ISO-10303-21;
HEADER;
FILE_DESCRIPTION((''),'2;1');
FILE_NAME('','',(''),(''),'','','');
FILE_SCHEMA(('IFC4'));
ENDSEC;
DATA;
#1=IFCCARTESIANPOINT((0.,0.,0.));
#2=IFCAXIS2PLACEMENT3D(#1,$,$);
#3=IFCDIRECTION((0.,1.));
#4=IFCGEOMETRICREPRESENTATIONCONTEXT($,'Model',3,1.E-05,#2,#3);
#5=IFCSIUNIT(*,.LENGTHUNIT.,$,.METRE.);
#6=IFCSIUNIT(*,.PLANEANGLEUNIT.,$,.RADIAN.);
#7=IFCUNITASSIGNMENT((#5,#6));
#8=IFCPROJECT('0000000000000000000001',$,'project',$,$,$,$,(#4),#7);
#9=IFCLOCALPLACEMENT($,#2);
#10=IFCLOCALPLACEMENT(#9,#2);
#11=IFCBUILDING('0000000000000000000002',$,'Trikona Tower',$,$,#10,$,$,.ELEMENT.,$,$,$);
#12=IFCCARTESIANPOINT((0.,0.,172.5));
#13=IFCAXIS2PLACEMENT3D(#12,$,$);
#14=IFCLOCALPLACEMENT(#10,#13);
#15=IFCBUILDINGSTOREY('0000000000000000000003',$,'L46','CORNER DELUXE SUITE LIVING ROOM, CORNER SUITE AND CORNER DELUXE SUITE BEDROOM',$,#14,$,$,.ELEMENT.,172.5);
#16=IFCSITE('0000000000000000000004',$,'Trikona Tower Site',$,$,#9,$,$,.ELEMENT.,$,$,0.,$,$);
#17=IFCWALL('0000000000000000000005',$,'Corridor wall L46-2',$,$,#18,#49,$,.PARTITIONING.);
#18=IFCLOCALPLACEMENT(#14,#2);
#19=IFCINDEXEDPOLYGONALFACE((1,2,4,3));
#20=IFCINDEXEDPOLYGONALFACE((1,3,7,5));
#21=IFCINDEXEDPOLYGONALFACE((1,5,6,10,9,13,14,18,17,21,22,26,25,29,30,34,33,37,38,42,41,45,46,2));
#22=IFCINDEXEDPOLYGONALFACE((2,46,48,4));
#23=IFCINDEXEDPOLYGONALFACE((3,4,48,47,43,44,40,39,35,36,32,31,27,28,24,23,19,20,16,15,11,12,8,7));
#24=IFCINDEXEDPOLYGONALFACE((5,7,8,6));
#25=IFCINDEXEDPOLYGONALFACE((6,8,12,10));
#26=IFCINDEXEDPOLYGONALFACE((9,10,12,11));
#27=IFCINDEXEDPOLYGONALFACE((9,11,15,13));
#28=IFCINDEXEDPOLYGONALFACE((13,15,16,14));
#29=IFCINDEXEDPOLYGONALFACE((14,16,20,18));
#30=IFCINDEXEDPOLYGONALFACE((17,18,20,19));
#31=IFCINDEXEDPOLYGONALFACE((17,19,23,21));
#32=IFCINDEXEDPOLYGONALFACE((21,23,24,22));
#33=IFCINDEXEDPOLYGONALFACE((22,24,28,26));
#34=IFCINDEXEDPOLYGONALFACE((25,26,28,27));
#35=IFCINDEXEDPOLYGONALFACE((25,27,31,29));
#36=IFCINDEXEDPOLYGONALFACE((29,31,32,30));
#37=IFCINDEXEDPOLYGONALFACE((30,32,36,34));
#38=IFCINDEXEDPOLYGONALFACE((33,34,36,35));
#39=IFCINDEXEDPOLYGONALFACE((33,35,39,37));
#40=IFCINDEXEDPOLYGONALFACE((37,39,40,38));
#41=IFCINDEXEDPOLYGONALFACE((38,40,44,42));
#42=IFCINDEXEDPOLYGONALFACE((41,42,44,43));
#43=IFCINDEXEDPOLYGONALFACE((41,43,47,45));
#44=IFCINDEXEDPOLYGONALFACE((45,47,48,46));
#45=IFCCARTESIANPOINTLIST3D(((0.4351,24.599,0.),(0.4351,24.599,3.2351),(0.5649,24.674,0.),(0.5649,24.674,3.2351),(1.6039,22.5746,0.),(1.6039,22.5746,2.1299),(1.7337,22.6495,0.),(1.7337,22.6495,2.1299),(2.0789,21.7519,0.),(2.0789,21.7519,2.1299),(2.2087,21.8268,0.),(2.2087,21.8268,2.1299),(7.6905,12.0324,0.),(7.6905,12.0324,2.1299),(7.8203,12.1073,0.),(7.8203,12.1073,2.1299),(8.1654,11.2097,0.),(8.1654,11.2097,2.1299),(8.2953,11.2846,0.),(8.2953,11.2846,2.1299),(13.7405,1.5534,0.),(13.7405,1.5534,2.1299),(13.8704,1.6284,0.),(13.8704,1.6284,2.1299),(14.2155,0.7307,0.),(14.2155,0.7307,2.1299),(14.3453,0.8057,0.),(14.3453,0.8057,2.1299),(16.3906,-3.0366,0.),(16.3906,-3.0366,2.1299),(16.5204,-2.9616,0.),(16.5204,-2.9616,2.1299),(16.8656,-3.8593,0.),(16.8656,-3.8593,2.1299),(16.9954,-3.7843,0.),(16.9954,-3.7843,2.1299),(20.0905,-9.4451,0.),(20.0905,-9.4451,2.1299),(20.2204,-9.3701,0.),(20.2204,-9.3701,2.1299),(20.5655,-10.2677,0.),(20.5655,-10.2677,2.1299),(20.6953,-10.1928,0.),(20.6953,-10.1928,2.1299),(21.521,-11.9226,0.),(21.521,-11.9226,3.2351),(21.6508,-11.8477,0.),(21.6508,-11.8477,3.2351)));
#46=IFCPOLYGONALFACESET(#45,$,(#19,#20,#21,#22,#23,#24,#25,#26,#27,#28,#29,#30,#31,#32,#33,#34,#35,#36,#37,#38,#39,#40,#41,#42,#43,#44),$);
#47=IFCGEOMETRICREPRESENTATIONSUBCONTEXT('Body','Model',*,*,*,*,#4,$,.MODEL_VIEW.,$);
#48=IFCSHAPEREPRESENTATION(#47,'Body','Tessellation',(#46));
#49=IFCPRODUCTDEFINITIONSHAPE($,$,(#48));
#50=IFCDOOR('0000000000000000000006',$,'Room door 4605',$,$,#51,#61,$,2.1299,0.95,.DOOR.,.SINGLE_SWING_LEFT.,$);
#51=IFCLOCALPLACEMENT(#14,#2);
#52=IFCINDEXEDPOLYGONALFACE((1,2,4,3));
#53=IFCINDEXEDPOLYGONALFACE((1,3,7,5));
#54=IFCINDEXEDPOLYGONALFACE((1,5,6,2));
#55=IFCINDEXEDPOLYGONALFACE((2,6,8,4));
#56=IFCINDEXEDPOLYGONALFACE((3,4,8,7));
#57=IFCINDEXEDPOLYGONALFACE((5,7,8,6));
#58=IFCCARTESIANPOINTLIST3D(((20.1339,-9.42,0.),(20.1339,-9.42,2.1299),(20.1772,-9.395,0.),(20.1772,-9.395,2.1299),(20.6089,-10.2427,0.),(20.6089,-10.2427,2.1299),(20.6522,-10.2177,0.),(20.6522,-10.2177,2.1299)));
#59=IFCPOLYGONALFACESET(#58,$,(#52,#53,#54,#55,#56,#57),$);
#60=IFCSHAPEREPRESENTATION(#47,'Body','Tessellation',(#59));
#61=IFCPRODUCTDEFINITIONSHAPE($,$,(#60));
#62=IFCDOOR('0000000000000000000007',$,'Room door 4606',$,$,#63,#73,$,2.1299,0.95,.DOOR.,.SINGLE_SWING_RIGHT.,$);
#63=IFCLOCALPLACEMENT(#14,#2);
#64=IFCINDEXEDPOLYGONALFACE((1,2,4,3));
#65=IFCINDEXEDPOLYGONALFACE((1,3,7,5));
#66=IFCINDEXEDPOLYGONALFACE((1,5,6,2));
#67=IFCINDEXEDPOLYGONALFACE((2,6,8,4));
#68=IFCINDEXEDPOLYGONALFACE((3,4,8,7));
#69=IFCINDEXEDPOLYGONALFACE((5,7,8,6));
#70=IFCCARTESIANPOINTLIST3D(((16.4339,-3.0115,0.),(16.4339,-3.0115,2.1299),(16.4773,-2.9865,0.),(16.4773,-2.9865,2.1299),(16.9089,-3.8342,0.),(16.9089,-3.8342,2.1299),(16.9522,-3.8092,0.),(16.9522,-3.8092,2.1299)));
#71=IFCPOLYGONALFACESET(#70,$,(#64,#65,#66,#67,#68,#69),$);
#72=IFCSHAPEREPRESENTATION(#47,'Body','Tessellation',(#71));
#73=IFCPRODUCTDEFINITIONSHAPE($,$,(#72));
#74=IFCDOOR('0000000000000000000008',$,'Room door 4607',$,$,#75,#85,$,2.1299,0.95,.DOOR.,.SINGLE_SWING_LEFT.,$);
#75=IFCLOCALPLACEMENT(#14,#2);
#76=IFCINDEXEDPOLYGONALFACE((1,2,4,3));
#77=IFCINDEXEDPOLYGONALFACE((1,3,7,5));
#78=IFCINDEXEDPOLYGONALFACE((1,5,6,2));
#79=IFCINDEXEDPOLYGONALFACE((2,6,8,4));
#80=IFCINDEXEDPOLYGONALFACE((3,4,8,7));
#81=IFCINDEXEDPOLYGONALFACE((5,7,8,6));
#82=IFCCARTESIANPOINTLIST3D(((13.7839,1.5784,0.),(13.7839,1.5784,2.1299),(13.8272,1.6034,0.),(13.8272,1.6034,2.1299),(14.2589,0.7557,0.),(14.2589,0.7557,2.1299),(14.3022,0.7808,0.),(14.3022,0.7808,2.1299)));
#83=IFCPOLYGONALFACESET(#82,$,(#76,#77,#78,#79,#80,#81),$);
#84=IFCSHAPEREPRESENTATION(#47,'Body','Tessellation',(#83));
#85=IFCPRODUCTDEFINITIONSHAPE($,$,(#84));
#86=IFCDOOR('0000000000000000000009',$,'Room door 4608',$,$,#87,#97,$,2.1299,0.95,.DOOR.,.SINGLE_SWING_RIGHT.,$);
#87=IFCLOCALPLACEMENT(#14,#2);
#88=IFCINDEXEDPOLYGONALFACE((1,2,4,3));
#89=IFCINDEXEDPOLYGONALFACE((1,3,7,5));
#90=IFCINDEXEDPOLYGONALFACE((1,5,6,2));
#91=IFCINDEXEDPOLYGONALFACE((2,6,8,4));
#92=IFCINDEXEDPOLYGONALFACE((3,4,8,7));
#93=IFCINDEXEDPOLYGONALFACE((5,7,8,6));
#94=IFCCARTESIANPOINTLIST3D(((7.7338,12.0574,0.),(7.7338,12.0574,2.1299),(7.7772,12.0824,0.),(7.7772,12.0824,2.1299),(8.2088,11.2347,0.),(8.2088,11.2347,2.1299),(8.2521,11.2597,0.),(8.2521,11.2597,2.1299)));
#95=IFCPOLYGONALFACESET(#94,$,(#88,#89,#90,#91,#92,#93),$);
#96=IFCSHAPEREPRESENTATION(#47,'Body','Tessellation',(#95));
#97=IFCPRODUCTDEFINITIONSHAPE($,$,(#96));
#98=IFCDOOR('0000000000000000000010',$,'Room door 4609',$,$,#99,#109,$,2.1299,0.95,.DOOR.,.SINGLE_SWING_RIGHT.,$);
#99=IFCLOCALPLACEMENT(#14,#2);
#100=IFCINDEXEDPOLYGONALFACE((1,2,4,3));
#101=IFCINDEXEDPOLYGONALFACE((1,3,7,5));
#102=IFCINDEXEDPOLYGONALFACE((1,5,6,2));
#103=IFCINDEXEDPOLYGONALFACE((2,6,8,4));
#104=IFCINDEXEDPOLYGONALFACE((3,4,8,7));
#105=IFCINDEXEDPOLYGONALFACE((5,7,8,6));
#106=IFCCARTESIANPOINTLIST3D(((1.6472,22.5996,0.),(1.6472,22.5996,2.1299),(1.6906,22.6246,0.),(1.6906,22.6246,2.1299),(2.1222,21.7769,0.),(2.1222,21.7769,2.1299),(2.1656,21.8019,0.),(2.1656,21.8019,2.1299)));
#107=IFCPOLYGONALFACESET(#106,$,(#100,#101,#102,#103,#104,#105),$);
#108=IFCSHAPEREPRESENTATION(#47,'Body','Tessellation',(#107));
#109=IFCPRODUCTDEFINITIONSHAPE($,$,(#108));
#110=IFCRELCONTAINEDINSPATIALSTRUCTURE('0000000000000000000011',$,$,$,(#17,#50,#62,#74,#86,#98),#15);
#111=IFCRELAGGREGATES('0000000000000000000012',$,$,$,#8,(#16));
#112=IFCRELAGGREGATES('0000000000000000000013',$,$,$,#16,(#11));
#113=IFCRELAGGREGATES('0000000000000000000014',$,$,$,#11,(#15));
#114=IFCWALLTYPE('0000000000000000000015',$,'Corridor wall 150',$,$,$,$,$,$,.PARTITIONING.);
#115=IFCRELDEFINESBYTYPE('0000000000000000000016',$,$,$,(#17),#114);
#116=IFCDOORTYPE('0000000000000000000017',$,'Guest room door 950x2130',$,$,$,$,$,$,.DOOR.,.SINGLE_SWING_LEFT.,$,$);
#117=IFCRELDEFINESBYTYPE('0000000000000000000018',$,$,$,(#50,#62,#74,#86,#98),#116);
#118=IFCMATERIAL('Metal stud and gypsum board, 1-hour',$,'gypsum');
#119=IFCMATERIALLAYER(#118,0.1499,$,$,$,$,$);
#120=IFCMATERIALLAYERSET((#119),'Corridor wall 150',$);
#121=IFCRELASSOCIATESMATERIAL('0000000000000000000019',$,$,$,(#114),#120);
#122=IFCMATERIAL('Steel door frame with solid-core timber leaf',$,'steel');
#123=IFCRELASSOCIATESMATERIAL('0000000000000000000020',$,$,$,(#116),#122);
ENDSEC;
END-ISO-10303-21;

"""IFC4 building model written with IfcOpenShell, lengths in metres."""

from ifc_helpers import new_model, si_unit, direction, frame, frame_2d, origin, place, context, subcontext, project, spatial, rectangle, extrude, material, layer, layer_set, type_object, element, fill, save


model = new_model("IFC4")

# Units and contexts
model_context = context("Model", 3, precision=1e-05, world=origin(), true_north=direction((0.0, 1.0)))
body_context = subcontext(model_context, "Body", "Model", "MODEL_VIEW")
ifc_project = project(units=[si_unit("LENGTHUNIT", "METRE"), si_unit("PLANEANGLEUNIT", "RADIAN")], contexts=[model_context])

# Site, building, storey
site_placement = place(None, origin())
site = spatial("IfcSite", under=ifc_project, at=site_placement, Name="Trikona Tower Site", CompositionType="ELEMENT", RefElevation=0.0)
building_placement = place(site_placement, origin())
building = spatial("IfcBuilding", under=site, at=building_placement, Name="Trikona Tower", CompositionType="ELEMENT")
storey_placement = place(building_placement, frame((0.0, 0.0, 172.5)))
storey = spatial("IfcBuildingStorey", under=building, at=storey_placement, Name="L46", Description="CORNER DELUXE SUITE LIVING ROOM, CORNER SUITE AND CORNER DELUXE SUITE BEDROOM", CompositionType="ELEMENT", Elevation=172.5)

# Wall, openings, doors
ifc_material_1 = material(Name="Metal stud and gypsum board, 1-hour", Category="gypsum")
ifc_layer_1 = layer(ifc_material_1, 0.1499)
ifc_layer_set_1 = layer_set([ifc_layer_1], Name="Corridor wall 150")
wall_type_1 = type_object("IfcWallType", Name="Corridor wall 150", PredefinedType="PARTITIONING", material=ifc_layer_set_1)
wall_1_placement = place(storey_placement, frame((21.5859, -11.8853, 0.0), z_axis=(0.0, 0.0, 1.0), x_axis=(-0.500002, 0.866024, 0.0)))
wall_1 = element("IfcWall", 1, at=wall_1_placement, inside=storey, type_object=wall_type_1, Name="Corridor wall L46-2", PredefinedType="PARTITIONING", context=body_context, shape_type="SweptSolid", body=[
    extrude(rectangle(XDim=42.1716, YDim=0.1499, at=frame_2d((21.0859, 0.0))), origin(), (0.0, 0.0, 1.0), 3.2351),
])
opening_1_placement = place(wall_1_placement, frame((1.9109, 0.0, 0.0)))
opening_1 = element("IfcOpeningElement", 2, at=opening_1_placement, cuts=wall_1, PredefinedType="OPENING", context=body_context, shape_type="SweptSolid", body=[
    extrude(rectangle(XDim=0.95, YDim=2.1299, at=frame_2d((0.4751, 1.0649))), frame((0.0, 0.085, 0.0), z_axis=(0.0, -1.0, 0.0), x_axis=(1.0, 0.0, 0.0)), (0.0, 0.0, 1.0), 0.1699),
])
opening_2_placement = place(wall_1_placement, frame((9.3108, 0.0, 0.0)))
opening_2 = element("IfcOpeningElement", 3, at=opening_2_placement, cuts=wall_1, PredefinedType="OPENING", context=body_context, shape_type="SweptSolid", body=[
    extrude(rectangle(XDim=0.95, YDim=2.1299, at=frame_2d((0.4751, 1.0649))), frame((0.0, 0.085, 0.0), z_axis=(0.0, -1.0, 0.0), x_axis=(1.0, 0.0, 0.0)), (0.0, 0.0, 1.0), 0.1699),
])
opening_3_placement = place(wall_1_placement, frame((14.6108, 0.0, 0.0)))
opening_3 = element("IfcOpeningElement", 4, at=opening_3_placement, cuts=wall_1, PredefinedType="OPENING", context=body_context, shape_type="SweptSolid", body=[
    extrude(rectangle(XDim=0.95, YDim=2.1299, at=frame_2d((0.4751, 1.0649))), frame((0.0, 0.085, 0.0), z_axis=(0.0, -1.0, 0.0), x_axis=(1.0, 0.0, 0.0)), (0.0, 0.0, 1.0), 0.1699),
])
opening_4_placement = place(wall_1_placement, frame((26.7109, 0.0, 0.0)))
opening_4 = element("IfcOpeningElement", 5, at=opening_4_placement, cuts=wall_1, PredefinedType="OPENING", context=body_context, shape_type="SweptSolid", body=[
    extrude(rectangle(XDim=0.95, YDim=2.1299, at=frame_2d((0.4751, 1.0649))), frame((0.0, 0.085, 0.0), z_axis=(0.0, -1.0, 0.0), x_axis=(1.0, 0.0, 0.0)), (0.0, 0.0, 1.0), 0.1699),
])
opening_5_placement = place(wall_1_placement, frame((38.884, 0.0, 0.0)))
opening_5 = element("IfcOpeningElement", 6, at=opening_5_placement, cuts=wall_1, PredefinedType="OPENING", context=body_context, shape_type="SweptSolid", body=[
    extrude(rectangle(XDim=0.95, YDim=2.1299, at=frame_2d((0.4751, 1.0649))), frame((0.0, 0.085, 0.0), z_axis=(0.0, -1.0, 0.0), x_axis=(1.0, 0.0, 0.0)), (0.0, 0.0, 1.0), 0.1699),
])
ifc_material_2 = material(Name="Steel door frame with solid-core timber leaf", Category="steel")
door_type = type_object("IfcDoorType", Name="Guest room door 950x2130", OperationType="SINGLE_SWING_LEFT", PredefinedType="DOOR", material=ifc_material_2)
door_1_placement = place(opening_1_placement, origin())
door_1 = element("IfcDoor", 7, at=door_1_placement, inside=storey, type_object=door_type, Name="Room door 4605", OperationType="SINGLE_SWING_LEFT", OverallHeight=2.1299, OverallWidth=0.95, PredefinedType="DOOR", context=body_context, shape_type="SweptSolid", body=[
    extrude(rectangle(XDim=0.95, YDim=2.1299, at=frame_2d((0.4751, 1.0649))), frame((0.0, 0.0249, 0.0), z_axis=(0.0, -1.0, 0.0), x_axis=(1.0, 0.0, 0.0)), (0.0, 0.0, 1.0), 0.05),
])
fill(opening_1, door_1)
door_2_placement = place(opening_2_placement, origin())
door_2 = element("IfcDoor", 8, at=door_2_placement, inside=storey, type_object=door_type, Name="Room door 4606", OperationType="SINGLE_SWING_RIGHT", OverallHeight=2.1299, OverallWidth=0.95, PredefinedType="DOOR", context=body_context, shape_type="SweptSolid", body=[
    extrude(rectangle(XDim=0.95, YDim=2.1299, at=frame_2d((0.4751, 1.0649))), frame((0.0, 0.0249, 0.0), z_axis=(0.0, -1.0, 0.0), x_axis=(1.0, 0.0, 0.0)), (0.0, 0.0, 1.0), 0.05),
])
fill(opening_2, door_2)
door_3_placement = place(opening_3_placement, origin())
door_3 = element("IfcDoor", 9, at=door_3_placement, inside=storey, type_object=door_type, Name="Room door 4607", OperationType="SINGLE_SWING_LEFT", OverallHeight=2.1299, OverallWidth=0.95, PredefinedType="DOOR", context=body_context, shape_type="SweptSolid", body=[
    extrude(rectangle(XDim=0.95, YDim=2.1299, at=frame_2d((0.4751, 1.0649))), frame((0.0, 0.0249, 0.0), z_axis=(0.0, -1.0, 0.0), x_axis=(1.0, 0.0, 0.0)), (0.0, 0.0, 1.0), 0.05),
])
fill(opening_3, door_3)
door_4_placement = place(opening_4_placement, origin())
door_4 = element("IfcDoor", 10, at=door_4_placement, inside=storey, type_object=door_type, Name="Room door 4608", OperationType="SINGLE_SWING_RIGHT", OverallHeight=2.1299, OverallWidth=0.95, PredefinedType="DOOR", context=body_context, shape_type="SweptSolid", body=[
    extrude(rectangle(XDim=0.95, YDim=2.1299, at=frame_2d((0.4751, 1.0649))), frame((0.0, 0.0249, 0.0), z_axis=(0.0, -1.0, 0.0), x_axis=(1.0, 0.0, 0.0)), (0.0, 0.0, 1.0), 0.05),
])
fill(opening_4, door_4)
door_5_placement = place(opening_5_placement, origin())
door_5 = element("IfcDoor", 11, at=door_5_placement, inside=storey, type_object=door_type, Name="Room door 4609", OperationType="SINGLE_SWING_RIGHT", OverallHeight=2.1299, OverallWidth=0.95, PredefinedType="DOOR", context=body_context, shape_type="SweptSolid", body=[
    extrude(rectangle(XDim=0.95, YDim=2.1299, at=frame_2d((0.4751, 1.0649))), frame((0.0, 0.0249, 0.0), z_axis=(0.0, -1.0, 0.0), x_axis=(1.0, 0.0, 0.0)), (0.0, 0.0, 1.0), 0.05),
])
fill(opening_5, door_5)

save(model, "model.ifc")
